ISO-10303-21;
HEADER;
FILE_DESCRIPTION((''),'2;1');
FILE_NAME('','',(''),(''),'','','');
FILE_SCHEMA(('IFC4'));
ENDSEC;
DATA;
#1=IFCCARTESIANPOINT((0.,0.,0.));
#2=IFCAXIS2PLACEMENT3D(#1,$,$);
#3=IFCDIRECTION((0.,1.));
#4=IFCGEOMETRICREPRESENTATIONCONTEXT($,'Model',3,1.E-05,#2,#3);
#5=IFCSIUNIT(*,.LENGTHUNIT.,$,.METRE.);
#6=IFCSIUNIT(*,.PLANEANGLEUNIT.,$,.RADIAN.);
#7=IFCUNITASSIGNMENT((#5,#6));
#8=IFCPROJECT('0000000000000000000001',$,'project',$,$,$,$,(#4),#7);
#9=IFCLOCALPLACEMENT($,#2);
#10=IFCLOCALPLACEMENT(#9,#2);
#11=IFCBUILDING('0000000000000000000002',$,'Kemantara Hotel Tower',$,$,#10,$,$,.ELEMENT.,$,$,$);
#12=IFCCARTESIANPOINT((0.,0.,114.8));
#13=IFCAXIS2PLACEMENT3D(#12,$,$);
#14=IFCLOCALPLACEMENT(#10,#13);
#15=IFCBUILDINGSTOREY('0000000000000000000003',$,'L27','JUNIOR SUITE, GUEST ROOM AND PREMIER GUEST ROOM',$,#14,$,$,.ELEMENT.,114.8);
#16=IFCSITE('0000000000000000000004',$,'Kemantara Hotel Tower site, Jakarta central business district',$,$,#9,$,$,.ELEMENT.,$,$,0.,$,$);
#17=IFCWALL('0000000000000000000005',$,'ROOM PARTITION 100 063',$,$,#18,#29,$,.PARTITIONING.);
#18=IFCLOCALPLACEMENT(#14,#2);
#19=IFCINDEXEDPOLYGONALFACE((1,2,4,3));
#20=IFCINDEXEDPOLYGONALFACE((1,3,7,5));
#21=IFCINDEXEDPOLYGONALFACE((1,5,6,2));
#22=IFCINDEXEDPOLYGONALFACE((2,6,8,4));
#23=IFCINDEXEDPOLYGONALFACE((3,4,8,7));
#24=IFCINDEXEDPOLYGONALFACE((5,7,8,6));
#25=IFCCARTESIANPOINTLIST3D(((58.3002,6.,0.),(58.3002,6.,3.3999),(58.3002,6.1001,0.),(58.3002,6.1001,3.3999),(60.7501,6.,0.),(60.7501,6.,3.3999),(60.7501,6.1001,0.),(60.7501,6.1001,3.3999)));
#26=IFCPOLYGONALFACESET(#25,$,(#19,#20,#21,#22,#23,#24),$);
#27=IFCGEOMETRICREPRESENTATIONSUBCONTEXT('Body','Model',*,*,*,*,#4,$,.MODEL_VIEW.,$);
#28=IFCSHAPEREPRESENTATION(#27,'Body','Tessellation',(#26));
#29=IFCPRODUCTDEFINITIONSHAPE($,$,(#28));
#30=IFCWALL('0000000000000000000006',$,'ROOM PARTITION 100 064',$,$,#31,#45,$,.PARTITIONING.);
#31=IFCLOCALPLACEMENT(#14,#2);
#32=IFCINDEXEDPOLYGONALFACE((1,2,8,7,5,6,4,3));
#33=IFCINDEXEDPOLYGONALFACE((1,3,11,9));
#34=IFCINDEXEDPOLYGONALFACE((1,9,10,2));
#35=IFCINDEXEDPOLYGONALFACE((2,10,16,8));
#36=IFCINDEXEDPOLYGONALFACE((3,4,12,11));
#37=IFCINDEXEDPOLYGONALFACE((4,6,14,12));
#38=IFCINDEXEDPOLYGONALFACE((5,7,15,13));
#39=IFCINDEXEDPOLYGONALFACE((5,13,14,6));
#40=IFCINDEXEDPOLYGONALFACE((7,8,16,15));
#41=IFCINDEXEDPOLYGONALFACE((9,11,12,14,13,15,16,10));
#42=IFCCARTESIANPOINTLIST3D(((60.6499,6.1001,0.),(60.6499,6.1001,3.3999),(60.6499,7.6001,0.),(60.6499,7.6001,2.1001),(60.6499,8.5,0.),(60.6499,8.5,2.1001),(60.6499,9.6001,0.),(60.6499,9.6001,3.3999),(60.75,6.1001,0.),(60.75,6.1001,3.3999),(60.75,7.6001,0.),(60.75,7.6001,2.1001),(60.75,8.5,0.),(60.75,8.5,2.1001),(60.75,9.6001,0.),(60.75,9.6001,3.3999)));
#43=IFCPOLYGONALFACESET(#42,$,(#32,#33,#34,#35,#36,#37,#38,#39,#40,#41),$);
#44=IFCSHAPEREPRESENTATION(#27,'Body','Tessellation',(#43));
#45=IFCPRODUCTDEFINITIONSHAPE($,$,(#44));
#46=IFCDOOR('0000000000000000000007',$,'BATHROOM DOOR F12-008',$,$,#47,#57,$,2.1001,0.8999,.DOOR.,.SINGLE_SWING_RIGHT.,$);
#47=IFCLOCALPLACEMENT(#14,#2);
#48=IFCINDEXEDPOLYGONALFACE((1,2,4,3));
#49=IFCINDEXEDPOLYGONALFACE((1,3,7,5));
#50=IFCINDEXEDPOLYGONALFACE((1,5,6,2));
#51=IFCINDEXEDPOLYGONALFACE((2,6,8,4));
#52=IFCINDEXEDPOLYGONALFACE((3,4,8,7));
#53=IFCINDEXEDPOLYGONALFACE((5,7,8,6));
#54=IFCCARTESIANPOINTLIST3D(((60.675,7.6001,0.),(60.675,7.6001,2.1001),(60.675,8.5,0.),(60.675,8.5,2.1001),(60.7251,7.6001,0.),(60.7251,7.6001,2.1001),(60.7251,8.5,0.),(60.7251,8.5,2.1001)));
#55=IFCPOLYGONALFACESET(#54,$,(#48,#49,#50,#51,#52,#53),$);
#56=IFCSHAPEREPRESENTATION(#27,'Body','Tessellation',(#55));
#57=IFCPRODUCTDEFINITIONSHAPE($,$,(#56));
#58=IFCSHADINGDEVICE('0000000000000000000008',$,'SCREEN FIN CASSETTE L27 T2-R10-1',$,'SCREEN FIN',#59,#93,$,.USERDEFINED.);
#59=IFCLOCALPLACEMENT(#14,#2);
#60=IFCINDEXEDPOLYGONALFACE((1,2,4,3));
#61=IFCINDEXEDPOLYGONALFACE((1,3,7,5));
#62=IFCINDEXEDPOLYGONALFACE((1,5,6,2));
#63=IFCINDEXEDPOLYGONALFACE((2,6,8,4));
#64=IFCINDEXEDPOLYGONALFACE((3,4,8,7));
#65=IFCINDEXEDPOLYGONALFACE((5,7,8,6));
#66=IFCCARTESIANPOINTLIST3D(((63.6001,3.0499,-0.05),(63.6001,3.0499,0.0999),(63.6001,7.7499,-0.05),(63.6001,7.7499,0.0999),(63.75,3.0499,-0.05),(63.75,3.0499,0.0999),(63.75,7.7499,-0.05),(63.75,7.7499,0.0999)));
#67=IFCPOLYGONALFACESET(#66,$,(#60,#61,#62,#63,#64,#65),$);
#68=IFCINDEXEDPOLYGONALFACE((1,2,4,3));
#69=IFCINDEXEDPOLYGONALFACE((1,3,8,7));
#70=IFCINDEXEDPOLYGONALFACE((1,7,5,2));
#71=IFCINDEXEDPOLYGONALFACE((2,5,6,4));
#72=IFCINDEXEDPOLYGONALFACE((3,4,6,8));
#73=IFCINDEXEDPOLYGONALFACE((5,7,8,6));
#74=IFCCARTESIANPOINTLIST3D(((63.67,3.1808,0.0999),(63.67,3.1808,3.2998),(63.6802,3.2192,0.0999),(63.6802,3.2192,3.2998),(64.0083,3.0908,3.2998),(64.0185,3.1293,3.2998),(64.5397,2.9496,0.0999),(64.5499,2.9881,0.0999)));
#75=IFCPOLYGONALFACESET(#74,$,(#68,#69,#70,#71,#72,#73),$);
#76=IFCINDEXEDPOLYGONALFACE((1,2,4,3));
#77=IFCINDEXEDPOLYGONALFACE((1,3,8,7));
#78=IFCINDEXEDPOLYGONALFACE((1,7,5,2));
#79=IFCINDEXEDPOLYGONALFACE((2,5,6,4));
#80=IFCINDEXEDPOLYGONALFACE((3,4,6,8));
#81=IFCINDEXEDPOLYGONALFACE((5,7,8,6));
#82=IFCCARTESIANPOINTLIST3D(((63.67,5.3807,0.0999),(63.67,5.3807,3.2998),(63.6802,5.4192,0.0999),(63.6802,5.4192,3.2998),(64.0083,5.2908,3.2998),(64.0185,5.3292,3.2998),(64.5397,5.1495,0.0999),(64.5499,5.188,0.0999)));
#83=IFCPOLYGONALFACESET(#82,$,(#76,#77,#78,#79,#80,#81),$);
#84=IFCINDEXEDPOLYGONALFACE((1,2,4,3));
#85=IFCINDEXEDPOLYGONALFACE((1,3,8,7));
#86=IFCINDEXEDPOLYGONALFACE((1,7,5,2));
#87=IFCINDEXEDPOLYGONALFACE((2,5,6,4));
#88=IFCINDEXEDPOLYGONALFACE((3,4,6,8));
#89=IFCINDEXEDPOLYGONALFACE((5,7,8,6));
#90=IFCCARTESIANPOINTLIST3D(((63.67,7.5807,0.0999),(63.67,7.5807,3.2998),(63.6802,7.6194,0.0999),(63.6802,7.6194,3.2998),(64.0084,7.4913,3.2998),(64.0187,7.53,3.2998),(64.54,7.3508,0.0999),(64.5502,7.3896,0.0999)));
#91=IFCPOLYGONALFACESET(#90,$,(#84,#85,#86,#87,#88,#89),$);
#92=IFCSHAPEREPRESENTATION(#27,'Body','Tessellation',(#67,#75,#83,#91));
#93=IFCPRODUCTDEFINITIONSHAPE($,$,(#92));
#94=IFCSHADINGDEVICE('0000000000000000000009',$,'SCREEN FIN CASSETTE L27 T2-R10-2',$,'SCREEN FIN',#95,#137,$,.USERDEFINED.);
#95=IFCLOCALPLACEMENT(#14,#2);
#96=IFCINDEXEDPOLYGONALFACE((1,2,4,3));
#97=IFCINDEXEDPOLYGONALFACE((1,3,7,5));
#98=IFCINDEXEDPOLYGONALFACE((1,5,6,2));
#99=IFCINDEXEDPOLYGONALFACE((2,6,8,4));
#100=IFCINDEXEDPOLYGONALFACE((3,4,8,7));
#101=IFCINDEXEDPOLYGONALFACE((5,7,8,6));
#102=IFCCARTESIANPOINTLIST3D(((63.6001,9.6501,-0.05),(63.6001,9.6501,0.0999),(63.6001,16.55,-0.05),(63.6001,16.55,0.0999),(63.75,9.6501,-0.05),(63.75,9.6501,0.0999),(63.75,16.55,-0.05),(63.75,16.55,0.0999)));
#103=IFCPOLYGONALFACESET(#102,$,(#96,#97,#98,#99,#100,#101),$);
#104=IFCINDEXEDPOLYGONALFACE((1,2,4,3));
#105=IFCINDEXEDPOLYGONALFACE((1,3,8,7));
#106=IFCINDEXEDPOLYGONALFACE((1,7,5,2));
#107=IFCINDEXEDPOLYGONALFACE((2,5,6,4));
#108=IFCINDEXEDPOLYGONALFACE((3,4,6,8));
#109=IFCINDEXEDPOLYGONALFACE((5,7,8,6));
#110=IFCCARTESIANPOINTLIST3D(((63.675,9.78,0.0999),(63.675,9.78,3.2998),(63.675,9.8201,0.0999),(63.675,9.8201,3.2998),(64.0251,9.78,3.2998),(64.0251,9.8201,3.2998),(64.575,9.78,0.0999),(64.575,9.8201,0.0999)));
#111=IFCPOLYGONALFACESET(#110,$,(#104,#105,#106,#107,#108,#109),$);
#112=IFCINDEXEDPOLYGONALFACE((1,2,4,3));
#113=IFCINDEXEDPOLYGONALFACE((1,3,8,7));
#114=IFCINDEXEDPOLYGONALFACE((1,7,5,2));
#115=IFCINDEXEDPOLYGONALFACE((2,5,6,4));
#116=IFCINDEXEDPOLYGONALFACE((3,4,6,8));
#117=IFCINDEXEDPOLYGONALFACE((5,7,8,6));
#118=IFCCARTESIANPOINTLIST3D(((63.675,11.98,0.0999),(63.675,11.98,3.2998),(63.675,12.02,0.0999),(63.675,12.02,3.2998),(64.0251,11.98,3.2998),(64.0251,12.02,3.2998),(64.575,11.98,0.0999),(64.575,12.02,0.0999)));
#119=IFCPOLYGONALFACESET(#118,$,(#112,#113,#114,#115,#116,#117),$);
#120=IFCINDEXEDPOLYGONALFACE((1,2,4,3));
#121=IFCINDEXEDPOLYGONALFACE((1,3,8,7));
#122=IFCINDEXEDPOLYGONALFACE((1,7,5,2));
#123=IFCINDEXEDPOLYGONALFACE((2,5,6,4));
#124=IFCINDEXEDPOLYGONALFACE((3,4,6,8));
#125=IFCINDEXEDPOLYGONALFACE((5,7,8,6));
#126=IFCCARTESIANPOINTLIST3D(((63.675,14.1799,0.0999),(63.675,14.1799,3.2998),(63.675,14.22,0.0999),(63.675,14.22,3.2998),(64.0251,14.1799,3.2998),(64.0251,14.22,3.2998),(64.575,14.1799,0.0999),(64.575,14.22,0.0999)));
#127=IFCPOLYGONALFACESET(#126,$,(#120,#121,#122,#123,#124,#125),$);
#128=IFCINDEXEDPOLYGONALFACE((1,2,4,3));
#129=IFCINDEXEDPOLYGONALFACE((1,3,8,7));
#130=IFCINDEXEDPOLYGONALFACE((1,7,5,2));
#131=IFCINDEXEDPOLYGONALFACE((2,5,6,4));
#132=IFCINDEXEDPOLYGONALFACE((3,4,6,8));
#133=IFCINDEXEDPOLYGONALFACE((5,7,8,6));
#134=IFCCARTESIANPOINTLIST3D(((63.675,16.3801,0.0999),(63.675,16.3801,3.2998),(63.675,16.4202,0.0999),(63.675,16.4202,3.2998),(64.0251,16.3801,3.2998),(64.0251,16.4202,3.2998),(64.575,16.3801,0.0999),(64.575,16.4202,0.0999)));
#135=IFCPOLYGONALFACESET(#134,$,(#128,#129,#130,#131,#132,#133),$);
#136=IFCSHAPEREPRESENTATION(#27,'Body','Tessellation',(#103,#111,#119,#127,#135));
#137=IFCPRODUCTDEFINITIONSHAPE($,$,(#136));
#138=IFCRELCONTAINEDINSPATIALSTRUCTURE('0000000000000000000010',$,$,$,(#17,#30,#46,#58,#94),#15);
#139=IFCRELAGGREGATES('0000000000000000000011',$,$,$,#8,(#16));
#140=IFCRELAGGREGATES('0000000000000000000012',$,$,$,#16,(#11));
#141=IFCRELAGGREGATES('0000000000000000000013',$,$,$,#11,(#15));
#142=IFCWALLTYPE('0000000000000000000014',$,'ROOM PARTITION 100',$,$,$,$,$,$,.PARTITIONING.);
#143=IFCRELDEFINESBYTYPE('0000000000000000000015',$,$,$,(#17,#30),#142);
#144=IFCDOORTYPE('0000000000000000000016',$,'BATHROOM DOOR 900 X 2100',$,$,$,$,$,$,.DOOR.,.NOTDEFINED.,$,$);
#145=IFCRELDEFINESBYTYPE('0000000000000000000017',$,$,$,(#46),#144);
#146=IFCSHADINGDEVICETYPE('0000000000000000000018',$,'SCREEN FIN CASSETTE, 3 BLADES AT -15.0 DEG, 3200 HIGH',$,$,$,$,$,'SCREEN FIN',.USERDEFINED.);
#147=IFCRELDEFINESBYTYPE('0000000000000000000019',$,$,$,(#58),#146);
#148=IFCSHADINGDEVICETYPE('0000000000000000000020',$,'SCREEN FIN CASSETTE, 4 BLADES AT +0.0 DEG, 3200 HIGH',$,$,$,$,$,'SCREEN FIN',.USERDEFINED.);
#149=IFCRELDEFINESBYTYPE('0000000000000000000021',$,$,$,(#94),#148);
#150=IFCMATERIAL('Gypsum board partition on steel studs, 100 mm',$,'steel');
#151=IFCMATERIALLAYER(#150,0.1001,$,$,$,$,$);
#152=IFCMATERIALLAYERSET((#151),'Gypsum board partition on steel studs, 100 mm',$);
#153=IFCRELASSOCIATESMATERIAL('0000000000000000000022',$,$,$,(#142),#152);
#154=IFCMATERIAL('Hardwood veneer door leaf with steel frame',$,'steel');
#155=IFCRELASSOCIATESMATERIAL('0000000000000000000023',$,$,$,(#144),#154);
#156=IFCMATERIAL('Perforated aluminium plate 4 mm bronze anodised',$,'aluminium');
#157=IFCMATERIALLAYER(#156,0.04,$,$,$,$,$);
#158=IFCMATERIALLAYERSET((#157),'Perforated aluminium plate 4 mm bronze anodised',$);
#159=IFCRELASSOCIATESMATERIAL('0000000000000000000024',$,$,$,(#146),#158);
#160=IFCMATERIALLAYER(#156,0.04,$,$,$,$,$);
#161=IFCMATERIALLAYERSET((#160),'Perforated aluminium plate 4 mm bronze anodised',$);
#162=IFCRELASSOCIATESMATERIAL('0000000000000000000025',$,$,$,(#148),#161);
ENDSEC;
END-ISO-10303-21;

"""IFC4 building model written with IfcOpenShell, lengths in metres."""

from ifc_helpers import new_model, si_unit, direction, frame, frame_2d, origin, origin_2d, place, context, subcontext, project, spatial, polyline, rectangle, outline, extrude, source, transform, mapped, material, layer, layer_set, type_object, element, fill, save


model = new_model("IFC4")

# Units and contexts
model_context = context("Model", 3, precision=1e-05, world=origin(), true_north=direction((0.0, 1.0)))
body_context = subcontext(model_context, "Body", "Model", "MODEL_VIEW")
ifc_project = project(units=[si_unit("LENGTHUNIT", "METRE"), si_unit("PLANEANGLEUNIT", "RADIAN")], contexts=[model_context])

# Site, building, storey
site_placement = place(None, origin())
site = spatial("IfcSite", under=ifc_project, at=site_placement, Name="Kemantara Hotel Tower site, Jakarta central business district", CompositionType="ELEMENT", RefElevation=0.0)
building_placement = place(site_placement, origin())
building = spatial("IfcBuilding", under=site, at=building_placement, Name="Kemantara Hotel Tower", CompositionType="ELEMENT")
storey_placement = place(building_placement, frame((0.0, 0.0, 114.8)))
storey = spatial("IfcBuildingStorey", under=building, at=storey_placement, Name="L27", Description="JUNIOR SUITE, GUEST ROOM AND PREMIER GUEST ROOM", CompositionType="ELEMENT", Elevation=114.8)

# Shared definitions
ifc_material_1 = material(Name="Hardwood veneer door leaf with steel frame", Category="steel")

# Wall
ifc_material_2 = material(Name="Gypsum board partition on steel studs, 100 mm", Category="steel")
ifc_layer_1 = layer(ifc_material_2, 0.1001)
ifc_layer_set_1 = layer_set([ifc_layer_1], Name="Gypsum board partition on steel studs, 100 mm")
wall_type_1 = type_object("IfcWallType", Name="ROOM PARTITION 100", PredefinedType="PARTITIONING", material=ifc_layer_set_1)
wall_1_placement = place(storey_placement, frame((58.3, 6.05, 0.0), z_axis=(0.0, 0.0, 1.0), x_axis=(1.0, 0.0, 0.0)))
element("IfcWall", 1, at=wall_1_placement, inside=storey, type_object=wall_type_1, Name="ROOM PARTITION 100 063", PredefinedType="PARTITIONING", context=body_context, shape_type="SweptSolid", body=[
    extrude(rectangle(XDim=2.45, YDim=0.1001, at=frame_2d((1.2251, 0.0))), origin(), (0.0, 0.0, 1.0), 3.3999),
])

# Wall, opening, door
wall_2_placement = place(storey_placement, frame((60.7, 6.1001, 0.0), z_axis=(0.0, 0.0, 1.0), x_axis=(0.0, 1.0, 0.0)))
wall_2 = element("IfcWall", 2, at=wall_2_placement, inside=storey, type_object=wall_type_1, Name="ROOM PARTITION 100 064", PredefinedType="PARTITIONING", context=body_context, shape_type="SweptSolid", body=[
    extrude(rectangle(XDim=3.5, YDim=0.1001, at=frame_2d((1.75, 0.0))), origin(), (0.0, 0.0, 1.0), 3.3999),
])
opening_1_placement = place(wall_2_placement, frame((1.5, 0.0, 0.0)))
opening_1 = element("IfcOpeningElement", 3, at=opening_1_placement, cuts=wall_2, PredefinedType="OPENING", context=body_context, shape_type="SweptSolid", body=[
    extrude(rectangle(XDim=0.8999, YDim=2.1001, at=frame_2d((0.45, 1.05))), frame((0.0, 0.0601, 0.0), z_axis=(0.0, -1.0, 0.0), x_axis=(1.0, 0.0, 0.0)), (0.0, 0.0, 1.0), 0.1201),
])
door_type_1 = type_object("IfcDoorType", Name="BATHROOM DOOR 900 X 2100", OperationType="NOTDEFINED", PredefinedType="DOOR", material=ifc_material_1)
door_1_placement = place(opening_1_placement, origin())
door_1 = element("IfcDoor", 4, at=door_1_placement, inside=storey, type_object=door_type_1, Name="BATHROOM DOOR F12-008", OperationType="SINGLE_SWING_RIGHT", OverallHeight=2.1001, OverallWidth=0.8999, PredefinedType="DOOR", context=body_context, shape_type="SweptSolid", body=[
    extrude(rectangle(XDim=0.8999, YDim=2.1001, at=frame_2d((0.45, 1.05))), frame((0.0, 0.0249, 0.0), z_axis=(0.0, -1.0, 0.0), x_axis=(1.0, 0.0, 0.0)), (0.0, 0.0, 1.0), 0.05),
])
fill(opening_1, door_1)

# Shading devices
ifc_material_3 = material(Name="Perforated aluminium plate 4 mm bronze anodised", Category="aluminium")
ifc_layer_2 = layer(ifc_material_3, 0.04)
ifc_layer_set_2 = layer_set([ifc_layer_2], Name="Perforated aluminium plate 4 mm bronze anodised")
shading_device_type_1 = type_object("IfcShadingDeviceType", Name="SCREEN FIN CASSETTE, 3 BLADES AT -15.0 DEG, 3200 HIGH", ElementType="SCREEN FIN", PredefinedType="USERDEFINED", material=ifc_layer_set_2)
shared_shape_1 = source(origin(), body_context, "Body", "SweptSolid", [
    extrude(rectangle(XDim=4.7, YDim=0.1499, at=origin_2d()), frame((2.2, -0.075, -0.1499), z_axis=(0.0, 0.0, 1.0), x_axis=(1.0, 0.0, 0.0)), (0.0, 0.0, 1.0), 0.1499),
    extrude(outline(polyline([(0.0, 0.0), (0.8999, 0.0), (0.3501, 3.2), (0.0, 3.2), (0.0, 0.0)])), frame((0.0193, -0.0801, 0.0), z_axis=(-0.966438, 0.256901, 0.0), x_axis=(-0.256901, -0.966438, 0.0)), (0.0, 0.0, 1.0), 0.0398),
    extrude(outline(polyline([(0.0, 0.0), (0.8999, 0.0), (0.3501, 3.2), (0.0, 3.2), (0.0, 0.0)])), frame((2.2192, -0.0801, 0.0), z_axis=(-0.966438, 0.256901, 0.0), x_axis=(-0.256901, -0.966438, 0.0)), (0.0, 0.0, 1.0), 0.0398),
    extrude(outline(polyline([(0.0, 0.0), (0.8999, 0.0), (0.3501, 3.2), (0.0, 3.2), (0.0, 0.0)])), frame((4.4194, -0.0801, 0.0), z_axis=(-0.966838, 0.255391, 0.0), x_axis=(-0.255391, -0.966838, 0.0)), (0.0, 0.0, 1.0), 0.04),
])
shading_device_1_placement = place(storey_placement, frame((63.6001, 3.2, 0.0999), z_axis=(0.0, 0.0, 1.0), x_axis=(0.0, 1.0, 0.0)))
element("IfcShadingDevice", 5, at=shading_device_1_placement, inside=storey, type_object=shading_device_type_1, Name="SCREEN FIN CASSETTE L27 T2-R10-1", ObjectType="SCREEN FIN", PredefinedType="USERDEFINED", context=body_context, shape_type="MappedRepresentation", body=[
    mapped(shared_shape_1, transform((0.0, 0.0, 0.0))),
])
ifc_layer_3 = layer(ifc_material_3, 0.04)
ifc_layer_set_3 = layer_set([ifc_layer_3], Name="Perforated aluminium plate 4 mm bronze anodised")
shading_device_type_2 = type_object("IfcShadingDeviceType", Name="SCREEN FIN CASSETTE, 4 BLADES AT +0.0 DEG, 3200 HIGH", ElementType="SCREEN FIN", PredefinedType="USERDEFINED", material=ifc_layer_set_3)
shared_shape_2 = source(origin(), body_context, "Body", "SweptSolid", [
    extrude(rectangle(XDim=6.8999, YDim=0.1499, at=origin_2d()), frame((3.3, -0.075, -0.1499), z_axis=(0.0, 0.0, 1.0), x_axis=(1.0, 0.0, 0.0)), (0.0, 0.0, 1.0), 0.1499),
    extrude(outline(polyline([(0.0, 0.0), (0.8999, 0.0), (0.3501, 3.2), (0.0, 3.2), (0.0, 0.0)])), frame((0.02, -0.075, 0.0), z_axis=(-1.0, 0.0, 0.0), x_axis=(0.0, -1.0, 0.0)), (0.0, 0.0, 1.0), 0.04),
    extrude(outline(polyline([(0.0, 0.0), (0.8999, 0.0), (0.3501, 3.2), (0.0, 3.2), (0.0, 0.0)])), frame((2.22, -0.075, 0.0), z_axis=(-1.0, 0.0, 0.0), x_axis=(0.0, -1.0, 0.0)), (0.0, 0.0, 1.0), 0.04),
    extrude(outline(polyline([(0.0, 0.0), (0.8999, 0.0), (0.3501, 3.2), (0.0, 3.2), (0.0, 0.0)])), frame((4.4199, -0.075, 0.0), z_axis=(-1.0, 0.0, 0.0), x_axis=(0.0, -1.0, 0.0)), (0.0, 0.0, 1.0), 0.04),
    extrude(outline(polyline([(0.0, 0.0), (0.8999, 0.0), (0.3501, 3.2), (0.0, 3.2), (0.0, 0.0)])), frame((6.6201, -0.075, 0.0), z_axis=(-1.0, 0.0, 0.0), x_axis=(0.0, -1.0, 0.0)), (0.0, 0.0, 1.0), 0.04),
])
shading_device_2_placement = place(storey_placement, frame((63.6001, 9.8, 0.0999), z_axis=(0.0, 0.0, 1.0), x_axis=(0.0, 1.0, 0.0)))
element("IfcShadingDevice", 6, at=shading_device_2_placement, inside=storey, type_object=shading_device_type_2, Name="SCREEN FIN CASSETTE L27 T2-R10-2", ObjectType="SCREEN FIN", PredefinedType="USERDEFINED", context=body_context, shape_type="MappedRepresentation", body=[
    mapped(shared_shape_2, transform((0.0, 0.0, 0.0))),
])

save(model, "model.ifc")
